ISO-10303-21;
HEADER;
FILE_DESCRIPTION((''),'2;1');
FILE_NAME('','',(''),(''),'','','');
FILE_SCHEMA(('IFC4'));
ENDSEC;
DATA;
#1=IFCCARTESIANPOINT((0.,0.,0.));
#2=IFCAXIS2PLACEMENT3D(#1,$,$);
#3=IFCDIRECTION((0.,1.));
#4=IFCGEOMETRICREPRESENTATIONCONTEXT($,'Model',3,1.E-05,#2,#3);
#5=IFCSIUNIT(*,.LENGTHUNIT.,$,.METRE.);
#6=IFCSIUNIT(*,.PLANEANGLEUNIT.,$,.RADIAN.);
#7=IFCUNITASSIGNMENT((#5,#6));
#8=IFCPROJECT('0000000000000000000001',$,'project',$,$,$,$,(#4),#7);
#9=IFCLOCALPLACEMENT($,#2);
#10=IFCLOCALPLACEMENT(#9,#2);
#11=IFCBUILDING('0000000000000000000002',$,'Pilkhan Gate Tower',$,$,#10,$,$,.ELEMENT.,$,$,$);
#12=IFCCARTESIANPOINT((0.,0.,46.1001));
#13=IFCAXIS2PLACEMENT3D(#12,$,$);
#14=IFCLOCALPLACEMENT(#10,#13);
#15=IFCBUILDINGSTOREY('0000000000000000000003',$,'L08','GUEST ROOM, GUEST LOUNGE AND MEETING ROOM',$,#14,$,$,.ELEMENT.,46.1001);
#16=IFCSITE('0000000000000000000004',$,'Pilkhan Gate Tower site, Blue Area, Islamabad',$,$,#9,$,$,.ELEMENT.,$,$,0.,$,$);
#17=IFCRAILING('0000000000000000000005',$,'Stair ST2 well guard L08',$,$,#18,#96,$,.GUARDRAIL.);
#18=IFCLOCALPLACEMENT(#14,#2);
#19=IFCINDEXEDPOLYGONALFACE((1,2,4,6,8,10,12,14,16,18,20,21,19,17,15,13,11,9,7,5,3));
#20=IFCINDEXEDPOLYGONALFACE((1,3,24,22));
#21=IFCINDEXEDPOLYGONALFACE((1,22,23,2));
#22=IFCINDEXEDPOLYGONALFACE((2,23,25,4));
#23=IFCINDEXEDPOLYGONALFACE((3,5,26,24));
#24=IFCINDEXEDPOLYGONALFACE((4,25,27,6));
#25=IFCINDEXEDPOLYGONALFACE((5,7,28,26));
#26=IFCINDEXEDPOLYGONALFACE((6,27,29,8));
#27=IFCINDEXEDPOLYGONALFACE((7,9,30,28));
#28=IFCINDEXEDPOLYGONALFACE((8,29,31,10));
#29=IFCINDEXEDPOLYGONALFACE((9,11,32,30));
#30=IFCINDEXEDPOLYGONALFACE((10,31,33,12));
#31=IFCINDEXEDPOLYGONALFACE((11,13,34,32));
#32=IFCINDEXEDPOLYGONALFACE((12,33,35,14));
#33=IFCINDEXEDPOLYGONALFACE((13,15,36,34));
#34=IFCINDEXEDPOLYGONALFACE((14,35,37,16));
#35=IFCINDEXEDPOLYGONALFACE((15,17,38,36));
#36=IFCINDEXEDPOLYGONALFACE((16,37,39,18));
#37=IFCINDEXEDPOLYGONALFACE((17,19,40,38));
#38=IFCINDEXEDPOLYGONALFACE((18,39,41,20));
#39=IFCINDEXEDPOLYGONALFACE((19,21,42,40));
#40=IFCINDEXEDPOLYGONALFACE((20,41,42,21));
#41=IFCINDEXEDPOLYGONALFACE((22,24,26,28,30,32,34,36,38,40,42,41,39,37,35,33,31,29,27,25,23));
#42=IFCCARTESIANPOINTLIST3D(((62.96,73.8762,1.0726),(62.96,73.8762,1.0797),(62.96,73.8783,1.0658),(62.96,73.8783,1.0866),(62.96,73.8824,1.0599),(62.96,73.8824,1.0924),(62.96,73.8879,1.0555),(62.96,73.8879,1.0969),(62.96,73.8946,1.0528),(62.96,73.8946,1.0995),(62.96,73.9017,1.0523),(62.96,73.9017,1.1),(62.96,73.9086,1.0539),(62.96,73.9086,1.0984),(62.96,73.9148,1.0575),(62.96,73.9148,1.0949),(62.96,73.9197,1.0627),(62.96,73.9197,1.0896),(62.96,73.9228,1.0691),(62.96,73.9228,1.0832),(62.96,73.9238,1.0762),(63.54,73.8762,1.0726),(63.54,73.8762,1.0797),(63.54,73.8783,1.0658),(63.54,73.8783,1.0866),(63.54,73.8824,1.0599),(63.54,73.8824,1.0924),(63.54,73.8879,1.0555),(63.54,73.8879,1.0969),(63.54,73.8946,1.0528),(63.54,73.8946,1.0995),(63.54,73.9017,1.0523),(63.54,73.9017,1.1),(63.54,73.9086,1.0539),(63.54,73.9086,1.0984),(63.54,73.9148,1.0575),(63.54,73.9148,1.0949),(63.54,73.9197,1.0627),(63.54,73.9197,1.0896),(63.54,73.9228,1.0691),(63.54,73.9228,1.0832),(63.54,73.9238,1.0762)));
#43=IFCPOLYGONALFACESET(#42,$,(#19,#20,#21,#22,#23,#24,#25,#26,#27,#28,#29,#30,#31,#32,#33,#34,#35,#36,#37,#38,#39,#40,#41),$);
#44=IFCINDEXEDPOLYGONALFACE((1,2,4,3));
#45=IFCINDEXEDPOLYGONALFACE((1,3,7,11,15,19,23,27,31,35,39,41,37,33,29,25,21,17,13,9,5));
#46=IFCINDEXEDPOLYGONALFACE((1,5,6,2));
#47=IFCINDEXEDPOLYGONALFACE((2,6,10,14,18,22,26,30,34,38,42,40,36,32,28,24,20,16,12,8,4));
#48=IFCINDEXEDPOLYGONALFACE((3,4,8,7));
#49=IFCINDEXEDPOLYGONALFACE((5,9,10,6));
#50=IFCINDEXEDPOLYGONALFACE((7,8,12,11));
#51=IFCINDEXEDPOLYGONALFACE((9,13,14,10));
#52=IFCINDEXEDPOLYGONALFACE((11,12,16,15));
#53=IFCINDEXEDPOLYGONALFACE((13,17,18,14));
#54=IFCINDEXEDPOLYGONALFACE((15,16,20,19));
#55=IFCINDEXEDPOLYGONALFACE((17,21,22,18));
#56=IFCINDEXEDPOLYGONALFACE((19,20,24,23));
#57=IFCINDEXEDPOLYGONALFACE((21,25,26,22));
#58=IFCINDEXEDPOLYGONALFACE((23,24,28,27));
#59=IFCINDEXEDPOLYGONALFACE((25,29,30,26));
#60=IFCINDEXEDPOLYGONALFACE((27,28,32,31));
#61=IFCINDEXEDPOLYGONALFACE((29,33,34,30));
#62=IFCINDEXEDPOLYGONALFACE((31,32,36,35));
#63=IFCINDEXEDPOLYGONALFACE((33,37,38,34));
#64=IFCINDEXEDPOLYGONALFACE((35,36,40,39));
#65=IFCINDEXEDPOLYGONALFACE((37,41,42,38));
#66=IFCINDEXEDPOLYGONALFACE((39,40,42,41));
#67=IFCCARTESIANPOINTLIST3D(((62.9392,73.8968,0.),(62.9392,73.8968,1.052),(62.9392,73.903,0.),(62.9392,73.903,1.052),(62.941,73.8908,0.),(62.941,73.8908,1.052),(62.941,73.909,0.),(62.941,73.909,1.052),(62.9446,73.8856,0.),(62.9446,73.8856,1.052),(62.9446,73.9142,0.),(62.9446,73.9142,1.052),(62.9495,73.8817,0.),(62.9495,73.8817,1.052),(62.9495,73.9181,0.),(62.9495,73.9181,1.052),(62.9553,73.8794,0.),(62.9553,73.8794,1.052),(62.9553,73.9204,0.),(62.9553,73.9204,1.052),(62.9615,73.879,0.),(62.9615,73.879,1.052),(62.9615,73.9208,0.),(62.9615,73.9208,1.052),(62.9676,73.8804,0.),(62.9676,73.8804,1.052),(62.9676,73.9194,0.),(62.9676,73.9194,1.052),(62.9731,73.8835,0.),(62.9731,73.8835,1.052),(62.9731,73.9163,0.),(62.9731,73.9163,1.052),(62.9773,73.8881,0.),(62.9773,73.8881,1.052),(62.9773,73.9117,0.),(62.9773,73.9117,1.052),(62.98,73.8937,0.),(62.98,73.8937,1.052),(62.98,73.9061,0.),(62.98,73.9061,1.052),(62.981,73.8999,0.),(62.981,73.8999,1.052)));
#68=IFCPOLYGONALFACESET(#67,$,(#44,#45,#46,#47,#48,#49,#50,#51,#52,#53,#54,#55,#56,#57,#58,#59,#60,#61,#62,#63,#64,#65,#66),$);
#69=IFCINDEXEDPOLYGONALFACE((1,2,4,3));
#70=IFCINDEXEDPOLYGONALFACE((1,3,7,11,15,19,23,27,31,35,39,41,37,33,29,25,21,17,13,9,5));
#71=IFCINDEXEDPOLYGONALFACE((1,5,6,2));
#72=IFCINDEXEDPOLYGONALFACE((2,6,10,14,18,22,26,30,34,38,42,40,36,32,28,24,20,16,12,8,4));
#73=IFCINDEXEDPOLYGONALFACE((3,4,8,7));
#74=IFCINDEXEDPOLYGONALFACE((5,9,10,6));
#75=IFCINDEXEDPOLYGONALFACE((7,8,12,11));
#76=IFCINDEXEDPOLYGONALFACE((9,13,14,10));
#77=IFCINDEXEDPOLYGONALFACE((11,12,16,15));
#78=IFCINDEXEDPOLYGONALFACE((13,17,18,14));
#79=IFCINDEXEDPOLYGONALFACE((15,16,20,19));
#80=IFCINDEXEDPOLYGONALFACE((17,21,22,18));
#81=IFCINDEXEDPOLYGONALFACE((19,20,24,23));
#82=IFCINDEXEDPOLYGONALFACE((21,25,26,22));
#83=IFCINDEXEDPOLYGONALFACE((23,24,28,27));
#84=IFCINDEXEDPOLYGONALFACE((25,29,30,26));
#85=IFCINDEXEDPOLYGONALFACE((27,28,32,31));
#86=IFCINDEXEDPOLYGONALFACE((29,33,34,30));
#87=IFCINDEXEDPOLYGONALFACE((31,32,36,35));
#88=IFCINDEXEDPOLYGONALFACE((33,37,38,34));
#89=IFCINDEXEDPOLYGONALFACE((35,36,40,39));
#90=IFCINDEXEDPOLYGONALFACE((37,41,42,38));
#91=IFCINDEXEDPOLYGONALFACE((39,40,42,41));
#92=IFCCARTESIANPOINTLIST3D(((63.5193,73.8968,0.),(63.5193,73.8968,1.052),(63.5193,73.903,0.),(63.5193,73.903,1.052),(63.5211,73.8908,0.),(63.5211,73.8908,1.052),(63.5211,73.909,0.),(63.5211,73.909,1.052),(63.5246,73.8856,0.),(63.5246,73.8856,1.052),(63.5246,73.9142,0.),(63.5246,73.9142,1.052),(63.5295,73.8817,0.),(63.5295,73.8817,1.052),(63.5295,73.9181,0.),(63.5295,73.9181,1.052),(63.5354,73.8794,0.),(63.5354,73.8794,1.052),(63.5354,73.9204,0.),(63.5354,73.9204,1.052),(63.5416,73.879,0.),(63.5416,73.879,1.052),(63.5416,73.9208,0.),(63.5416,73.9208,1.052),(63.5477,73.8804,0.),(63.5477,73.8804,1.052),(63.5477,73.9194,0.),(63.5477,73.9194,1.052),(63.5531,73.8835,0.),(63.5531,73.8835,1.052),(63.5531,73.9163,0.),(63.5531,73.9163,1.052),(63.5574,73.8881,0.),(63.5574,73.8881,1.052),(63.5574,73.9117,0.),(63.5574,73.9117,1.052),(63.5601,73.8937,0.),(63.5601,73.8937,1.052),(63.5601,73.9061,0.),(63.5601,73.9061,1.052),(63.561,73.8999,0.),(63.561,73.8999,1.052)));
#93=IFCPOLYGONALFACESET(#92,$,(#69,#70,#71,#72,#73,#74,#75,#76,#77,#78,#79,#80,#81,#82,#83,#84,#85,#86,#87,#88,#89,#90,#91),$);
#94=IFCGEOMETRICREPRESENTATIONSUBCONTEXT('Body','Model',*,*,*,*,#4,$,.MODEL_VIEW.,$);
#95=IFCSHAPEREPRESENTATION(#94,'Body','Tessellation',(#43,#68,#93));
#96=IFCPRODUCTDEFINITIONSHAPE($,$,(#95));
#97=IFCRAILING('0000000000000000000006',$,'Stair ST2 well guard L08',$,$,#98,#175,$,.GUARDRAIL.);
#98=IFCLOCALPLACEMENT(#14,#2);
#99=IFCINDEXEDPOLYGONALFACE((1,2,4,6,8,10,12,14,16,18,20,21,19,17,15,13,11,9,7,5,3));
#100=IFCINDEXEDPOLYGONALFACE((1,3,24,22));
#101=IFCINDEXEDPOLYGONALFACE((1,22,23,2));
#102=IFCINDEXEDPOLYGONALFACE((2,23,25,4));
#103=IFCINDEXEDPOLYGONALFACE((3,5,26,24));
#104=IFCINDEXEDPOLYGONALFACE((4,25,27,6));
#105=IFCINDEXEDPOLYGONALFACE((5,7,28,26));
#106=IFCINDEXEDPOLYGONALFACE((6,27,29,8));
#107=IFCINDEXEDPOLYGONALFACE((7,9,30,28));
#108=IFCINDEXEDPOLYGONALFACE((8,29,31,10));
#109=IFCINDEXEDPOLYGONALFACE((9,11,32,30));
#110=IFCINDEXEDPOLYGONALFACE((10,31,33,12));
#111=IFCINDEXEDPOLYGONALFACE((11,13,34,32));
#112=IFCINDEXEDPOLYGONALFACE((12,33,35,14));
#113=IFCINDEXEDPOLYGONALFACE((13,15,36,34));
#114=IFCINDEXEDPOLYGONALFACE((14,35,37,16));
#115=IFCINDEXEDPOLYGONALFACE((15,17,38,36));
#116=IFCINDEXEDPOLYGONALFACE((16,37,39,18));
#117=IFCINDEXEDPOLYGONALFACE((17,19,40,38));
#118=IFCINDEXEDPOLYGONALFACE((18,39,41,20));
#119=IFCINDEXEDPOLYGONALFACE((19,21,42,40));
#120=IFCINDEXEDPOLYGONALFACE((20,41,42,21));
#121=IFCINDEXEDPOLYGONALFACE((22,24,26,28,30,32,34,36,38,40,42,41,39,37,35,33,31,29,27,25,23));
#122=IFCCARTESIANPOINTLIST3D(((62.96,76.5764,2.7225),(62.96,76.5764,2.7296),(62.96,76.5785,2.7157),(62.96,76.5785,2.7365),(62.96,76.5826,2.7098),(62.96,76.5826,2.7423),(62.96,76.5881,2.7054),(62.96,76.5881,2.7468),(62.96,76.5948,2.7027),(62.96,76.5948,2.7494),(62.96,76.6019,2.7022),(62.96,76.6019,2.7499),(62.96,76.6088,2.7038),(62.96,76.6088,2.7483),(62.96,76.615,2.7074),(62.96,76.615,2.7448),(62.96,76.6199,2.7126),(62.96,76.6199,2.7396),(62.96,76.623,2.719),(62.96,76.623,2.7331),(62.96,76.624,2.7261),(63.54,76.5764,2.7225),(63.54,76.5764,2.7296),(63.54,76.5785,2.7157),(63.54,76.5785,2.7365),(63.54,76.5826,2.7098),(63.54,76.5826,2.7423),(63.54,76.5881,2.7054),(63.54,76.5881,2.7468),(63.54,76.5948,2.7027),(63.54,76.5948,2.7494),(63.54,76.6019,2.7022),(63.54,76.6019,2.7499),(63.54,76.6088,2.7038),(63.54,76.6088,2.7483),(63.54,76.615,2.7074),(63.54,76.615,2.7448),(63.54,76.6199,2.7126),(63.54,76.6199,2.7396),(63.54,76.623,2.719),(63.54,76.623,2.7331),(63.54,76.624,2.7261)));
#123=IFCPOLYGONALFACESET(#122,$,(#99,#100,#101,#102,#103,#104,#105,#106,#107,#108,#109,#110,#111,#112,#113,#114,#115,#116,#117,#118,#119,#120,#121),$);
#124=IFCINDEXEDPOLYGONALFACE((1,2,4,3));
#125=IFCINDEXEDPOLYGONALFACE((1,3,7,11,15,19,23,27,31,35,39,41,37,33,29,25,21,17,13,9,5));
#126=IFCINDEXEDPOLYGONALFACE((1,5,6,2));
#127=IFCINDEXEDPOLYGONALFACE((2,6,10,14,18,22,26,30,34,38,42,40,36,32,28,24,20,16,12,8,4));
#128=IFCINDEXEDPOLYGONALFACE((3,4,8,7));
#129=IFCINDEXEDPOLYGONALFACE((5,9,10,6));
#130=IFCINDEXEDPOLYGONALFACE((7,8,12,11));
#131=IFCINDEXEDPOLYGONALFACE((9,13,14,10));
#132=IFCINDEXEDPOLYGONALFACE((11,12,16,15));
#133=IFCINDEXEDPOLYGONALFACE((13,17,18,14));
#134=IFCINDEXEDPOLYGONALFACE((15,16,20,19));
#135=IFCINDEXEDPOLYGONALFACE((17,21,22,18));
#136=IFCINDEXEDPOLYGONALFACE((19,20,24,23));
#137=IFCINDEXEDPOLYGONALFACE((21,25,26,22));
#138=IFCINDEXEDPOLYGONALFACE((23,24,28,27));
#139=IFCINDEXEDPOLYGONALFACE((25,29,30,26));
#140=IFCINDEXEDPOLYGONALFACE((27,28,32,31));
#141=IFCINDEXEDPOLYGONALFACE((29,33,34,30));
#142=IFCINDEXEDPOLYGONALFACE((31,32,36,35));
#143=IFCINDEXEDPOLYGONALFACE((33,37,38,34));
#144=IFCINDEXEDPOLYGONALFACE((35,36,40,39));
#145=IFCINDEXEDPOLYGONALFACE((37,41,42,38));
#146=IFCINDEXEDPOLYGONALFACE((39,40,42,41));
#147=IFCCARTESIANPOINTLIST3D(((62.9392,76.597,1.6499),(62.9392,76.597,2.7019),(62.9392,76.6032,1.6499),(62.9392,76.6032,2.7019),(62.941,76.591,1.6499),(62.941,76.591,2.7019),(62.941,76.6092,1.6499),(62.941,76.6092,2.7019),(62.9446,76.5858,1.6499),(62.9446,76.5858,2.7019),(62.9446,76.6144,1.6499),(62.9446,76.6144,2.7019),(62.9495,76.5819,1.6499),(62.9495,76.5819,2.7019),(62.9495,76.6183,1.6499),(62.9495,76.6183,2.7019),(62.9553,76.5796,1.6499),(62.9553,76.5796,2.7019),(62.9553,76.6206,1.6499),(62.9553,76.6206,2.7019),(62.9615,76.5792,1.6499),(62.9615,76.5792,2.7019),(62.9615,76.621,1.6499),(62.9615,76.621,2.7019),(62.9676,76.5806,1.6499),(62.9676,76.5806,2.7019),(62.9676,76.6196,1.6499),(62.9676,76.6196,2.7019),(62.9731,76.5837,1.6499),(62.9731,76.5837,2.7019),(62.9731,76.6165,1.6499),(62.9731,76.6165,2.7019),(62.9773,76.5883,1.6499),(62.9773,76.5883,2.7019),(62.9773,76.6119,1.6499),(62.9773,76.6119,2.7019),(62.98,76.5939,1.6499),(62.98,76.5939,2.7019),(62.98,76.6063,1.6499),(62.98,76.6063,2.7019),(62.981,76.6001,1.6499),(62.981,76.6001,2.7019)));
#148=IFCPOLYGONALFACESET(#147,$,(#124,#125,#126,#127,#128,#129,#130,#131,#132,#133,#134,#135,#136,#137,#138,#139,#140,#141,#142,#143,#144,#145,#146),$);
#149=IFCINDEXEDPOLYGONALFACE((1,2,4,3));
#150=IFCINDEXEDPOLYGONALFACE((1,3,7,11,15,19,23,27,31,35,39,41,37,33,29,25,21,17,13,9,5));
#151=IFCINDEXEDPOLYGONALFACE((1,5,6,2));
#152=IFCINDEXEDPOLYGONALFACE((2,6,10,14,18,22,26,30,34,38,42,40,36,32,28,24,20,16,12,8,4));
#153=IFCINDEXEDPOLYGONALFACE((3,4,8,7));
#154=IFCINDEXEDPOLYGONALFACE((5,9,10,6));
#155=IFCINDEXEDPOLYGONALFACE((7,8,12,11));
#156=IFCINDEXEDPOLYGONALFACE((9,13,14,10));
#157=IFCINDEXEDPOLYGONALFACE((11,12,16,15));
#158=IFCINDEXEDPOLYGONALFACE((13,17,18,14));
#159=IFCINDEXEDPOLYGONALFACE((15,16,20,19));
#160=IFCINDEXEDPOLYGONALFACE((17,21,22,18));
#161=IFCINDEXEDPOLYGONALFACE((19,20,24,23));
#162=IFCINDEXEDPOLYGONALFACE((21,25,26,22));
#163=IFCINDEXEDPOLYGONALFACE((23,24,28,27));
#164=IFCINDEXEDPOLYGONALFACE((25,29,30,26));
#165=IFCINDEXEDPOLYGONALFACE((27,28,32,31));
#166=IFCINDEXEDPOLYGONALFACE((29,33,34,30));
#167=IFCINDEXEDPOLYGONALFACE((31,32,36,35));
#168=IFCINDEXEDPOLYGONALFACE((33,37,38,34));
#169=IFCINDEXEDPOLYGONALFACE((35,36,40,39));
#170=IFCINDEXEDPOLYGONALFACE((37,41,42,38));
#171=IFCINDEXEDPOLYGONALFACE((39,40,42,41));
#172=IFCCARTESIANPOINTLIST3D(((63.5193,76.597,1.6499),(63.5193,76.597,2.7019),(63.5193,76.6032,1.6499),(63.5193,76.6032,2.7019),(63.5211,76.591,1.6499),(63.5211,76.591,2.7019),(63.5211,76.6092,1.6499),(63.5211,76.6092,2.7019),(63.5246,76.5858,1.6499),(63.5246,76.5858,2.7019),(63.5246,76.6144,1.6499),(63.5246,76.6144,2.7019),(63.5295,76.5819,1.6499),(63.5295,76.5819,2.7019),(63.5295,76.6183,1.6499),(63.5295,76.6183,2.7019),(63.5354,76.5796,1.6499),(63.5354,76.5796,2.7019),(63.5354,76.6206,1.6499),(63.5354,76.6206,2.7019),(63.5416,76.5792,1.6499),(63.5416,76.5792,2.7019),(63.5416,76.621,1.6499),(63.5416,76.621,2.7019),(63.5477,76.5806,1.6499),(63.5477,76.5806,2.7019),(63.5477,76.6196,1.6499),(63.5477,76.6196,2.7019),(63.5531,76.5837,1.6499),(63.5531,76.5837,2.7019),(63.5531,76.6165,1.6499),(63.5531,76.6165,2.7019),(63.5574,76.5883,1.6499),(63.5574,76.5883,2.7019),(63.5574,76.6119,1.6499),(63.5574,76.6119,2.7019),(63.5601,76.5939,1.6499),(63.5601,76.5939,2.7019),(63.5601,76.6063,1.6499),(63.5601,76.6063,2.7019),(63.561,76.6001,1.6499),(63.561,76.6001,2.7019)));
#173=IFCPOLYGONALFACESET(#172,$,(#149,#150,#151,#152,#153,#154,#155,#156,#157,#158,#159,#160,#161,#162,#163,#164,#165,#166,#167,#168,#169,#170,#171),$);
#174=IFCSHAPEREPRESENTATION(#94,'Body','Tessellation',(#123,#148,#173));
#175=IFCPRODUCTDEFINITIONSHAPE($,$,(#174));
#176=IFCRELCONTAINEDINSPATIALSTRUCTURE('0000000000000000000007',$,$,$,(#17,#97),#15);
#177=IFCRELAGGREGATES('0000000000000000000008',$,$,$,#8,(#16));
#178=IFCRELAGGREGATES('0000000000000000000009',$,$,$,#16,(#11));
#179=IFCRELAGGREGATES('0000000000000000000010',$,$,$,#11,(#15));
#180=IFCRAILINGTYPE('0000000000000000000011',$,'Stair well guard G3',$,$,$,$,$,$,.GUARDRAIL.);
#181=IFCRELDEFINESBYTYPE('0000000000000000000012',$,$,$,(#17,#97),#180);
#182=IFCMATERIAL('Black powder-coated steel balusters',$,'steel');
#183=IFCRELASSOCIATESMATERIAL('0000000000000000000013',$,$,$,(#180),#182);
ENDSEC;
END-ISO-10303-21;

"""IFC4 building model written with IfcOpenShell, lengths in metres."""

from ifc_helpers import new_model, si_unit, direction, frame, origin, origin_2d, place, context, subcontext, project, spatial, circle, extrude, material, type_object, element, save


model = new_model("IFC4")

# Units and contexts
model_context = context("Model", 3, precision=1e-05, world=origin(), true_north=direction((0.0, 1.0)))
body_context = subcontext(model_context, "Body", "Model", "MODEL_VIEW")
ifc_project = project(units=[si_unit("LENGTHUNIT", "METRE"), si_unit("PLANEANGLEUNIT", "RADIAN")], contexts=[model_context])

# Site, building, storey
site_placement = place(None, origin())
site = spatial("IfcSite", under=ifc_project, at=site_placement, Name="Pilkhan Gate Tower site, Blue Area, Islamabad", CompositionType="ELEMENT", RefElevation=0.0)
building_placement = place(site_placement, origin())
building = spatial("IfcBuilding", under=site, at=building_placement, Name="Pilkhan Gate Tower", CompositionType="ELEMENT")
storey_placement = place(building_placement, frame((0.0, 0.0, 46.1001)))
storey = spatial("IfcBuildingStorey", under=building, at=storey_placement, Name="L08", Description="GUEST ROOM, GUEST LOUNGE AND MEETING ROOM", CompositionType="ELEMENT", Elevation=46.1001)

# Railings
ifc_material_1 = material(Name="Black powder-coated steel balusters", Category="steel")
railing_type_1 = type_object("IfcRailingType", Name="Stair well guard G3", PredefinedType="GUARDRAIL", material=ifc_material_1)
for number, where, name in (
    (1, (62.96, 73.8999, 0.0), "Stair ST2 well guard L08"),
    (2, (62.96, 76.6001, 1.6499), "Stair ST2 well guard L08"),
):
    element("IfcRailing", number, at=place(storey_placement, frame(where)), inside=storey, type_object=railing_type_1, Name=name, PredefinedType="GUARDRAIL", context=body_context, shape_type="SweptSolid", body=[
        extrude(circle(Radius=0.0239, at=origin_2d()), frame((0.0, 0.0, 1.0762), z_axis=(1.0, 0.0, 0.0), x_axis=(0.0, 1.0, 0.0)), (0.0, 0.0, 1.0), 0.5801),
        extrude(circle(Radius=0.021, at=origin_2d()), origin(), (0.0, 0.0, 1.0), 1.052),
        extrude(circle(Radius=0.021, at=origin_2d()), frame((0.5801, 0.0, 0.0)), (0.0, 0.0, 1.0), 1.052),
    ])

save(model, "model.ifc")
